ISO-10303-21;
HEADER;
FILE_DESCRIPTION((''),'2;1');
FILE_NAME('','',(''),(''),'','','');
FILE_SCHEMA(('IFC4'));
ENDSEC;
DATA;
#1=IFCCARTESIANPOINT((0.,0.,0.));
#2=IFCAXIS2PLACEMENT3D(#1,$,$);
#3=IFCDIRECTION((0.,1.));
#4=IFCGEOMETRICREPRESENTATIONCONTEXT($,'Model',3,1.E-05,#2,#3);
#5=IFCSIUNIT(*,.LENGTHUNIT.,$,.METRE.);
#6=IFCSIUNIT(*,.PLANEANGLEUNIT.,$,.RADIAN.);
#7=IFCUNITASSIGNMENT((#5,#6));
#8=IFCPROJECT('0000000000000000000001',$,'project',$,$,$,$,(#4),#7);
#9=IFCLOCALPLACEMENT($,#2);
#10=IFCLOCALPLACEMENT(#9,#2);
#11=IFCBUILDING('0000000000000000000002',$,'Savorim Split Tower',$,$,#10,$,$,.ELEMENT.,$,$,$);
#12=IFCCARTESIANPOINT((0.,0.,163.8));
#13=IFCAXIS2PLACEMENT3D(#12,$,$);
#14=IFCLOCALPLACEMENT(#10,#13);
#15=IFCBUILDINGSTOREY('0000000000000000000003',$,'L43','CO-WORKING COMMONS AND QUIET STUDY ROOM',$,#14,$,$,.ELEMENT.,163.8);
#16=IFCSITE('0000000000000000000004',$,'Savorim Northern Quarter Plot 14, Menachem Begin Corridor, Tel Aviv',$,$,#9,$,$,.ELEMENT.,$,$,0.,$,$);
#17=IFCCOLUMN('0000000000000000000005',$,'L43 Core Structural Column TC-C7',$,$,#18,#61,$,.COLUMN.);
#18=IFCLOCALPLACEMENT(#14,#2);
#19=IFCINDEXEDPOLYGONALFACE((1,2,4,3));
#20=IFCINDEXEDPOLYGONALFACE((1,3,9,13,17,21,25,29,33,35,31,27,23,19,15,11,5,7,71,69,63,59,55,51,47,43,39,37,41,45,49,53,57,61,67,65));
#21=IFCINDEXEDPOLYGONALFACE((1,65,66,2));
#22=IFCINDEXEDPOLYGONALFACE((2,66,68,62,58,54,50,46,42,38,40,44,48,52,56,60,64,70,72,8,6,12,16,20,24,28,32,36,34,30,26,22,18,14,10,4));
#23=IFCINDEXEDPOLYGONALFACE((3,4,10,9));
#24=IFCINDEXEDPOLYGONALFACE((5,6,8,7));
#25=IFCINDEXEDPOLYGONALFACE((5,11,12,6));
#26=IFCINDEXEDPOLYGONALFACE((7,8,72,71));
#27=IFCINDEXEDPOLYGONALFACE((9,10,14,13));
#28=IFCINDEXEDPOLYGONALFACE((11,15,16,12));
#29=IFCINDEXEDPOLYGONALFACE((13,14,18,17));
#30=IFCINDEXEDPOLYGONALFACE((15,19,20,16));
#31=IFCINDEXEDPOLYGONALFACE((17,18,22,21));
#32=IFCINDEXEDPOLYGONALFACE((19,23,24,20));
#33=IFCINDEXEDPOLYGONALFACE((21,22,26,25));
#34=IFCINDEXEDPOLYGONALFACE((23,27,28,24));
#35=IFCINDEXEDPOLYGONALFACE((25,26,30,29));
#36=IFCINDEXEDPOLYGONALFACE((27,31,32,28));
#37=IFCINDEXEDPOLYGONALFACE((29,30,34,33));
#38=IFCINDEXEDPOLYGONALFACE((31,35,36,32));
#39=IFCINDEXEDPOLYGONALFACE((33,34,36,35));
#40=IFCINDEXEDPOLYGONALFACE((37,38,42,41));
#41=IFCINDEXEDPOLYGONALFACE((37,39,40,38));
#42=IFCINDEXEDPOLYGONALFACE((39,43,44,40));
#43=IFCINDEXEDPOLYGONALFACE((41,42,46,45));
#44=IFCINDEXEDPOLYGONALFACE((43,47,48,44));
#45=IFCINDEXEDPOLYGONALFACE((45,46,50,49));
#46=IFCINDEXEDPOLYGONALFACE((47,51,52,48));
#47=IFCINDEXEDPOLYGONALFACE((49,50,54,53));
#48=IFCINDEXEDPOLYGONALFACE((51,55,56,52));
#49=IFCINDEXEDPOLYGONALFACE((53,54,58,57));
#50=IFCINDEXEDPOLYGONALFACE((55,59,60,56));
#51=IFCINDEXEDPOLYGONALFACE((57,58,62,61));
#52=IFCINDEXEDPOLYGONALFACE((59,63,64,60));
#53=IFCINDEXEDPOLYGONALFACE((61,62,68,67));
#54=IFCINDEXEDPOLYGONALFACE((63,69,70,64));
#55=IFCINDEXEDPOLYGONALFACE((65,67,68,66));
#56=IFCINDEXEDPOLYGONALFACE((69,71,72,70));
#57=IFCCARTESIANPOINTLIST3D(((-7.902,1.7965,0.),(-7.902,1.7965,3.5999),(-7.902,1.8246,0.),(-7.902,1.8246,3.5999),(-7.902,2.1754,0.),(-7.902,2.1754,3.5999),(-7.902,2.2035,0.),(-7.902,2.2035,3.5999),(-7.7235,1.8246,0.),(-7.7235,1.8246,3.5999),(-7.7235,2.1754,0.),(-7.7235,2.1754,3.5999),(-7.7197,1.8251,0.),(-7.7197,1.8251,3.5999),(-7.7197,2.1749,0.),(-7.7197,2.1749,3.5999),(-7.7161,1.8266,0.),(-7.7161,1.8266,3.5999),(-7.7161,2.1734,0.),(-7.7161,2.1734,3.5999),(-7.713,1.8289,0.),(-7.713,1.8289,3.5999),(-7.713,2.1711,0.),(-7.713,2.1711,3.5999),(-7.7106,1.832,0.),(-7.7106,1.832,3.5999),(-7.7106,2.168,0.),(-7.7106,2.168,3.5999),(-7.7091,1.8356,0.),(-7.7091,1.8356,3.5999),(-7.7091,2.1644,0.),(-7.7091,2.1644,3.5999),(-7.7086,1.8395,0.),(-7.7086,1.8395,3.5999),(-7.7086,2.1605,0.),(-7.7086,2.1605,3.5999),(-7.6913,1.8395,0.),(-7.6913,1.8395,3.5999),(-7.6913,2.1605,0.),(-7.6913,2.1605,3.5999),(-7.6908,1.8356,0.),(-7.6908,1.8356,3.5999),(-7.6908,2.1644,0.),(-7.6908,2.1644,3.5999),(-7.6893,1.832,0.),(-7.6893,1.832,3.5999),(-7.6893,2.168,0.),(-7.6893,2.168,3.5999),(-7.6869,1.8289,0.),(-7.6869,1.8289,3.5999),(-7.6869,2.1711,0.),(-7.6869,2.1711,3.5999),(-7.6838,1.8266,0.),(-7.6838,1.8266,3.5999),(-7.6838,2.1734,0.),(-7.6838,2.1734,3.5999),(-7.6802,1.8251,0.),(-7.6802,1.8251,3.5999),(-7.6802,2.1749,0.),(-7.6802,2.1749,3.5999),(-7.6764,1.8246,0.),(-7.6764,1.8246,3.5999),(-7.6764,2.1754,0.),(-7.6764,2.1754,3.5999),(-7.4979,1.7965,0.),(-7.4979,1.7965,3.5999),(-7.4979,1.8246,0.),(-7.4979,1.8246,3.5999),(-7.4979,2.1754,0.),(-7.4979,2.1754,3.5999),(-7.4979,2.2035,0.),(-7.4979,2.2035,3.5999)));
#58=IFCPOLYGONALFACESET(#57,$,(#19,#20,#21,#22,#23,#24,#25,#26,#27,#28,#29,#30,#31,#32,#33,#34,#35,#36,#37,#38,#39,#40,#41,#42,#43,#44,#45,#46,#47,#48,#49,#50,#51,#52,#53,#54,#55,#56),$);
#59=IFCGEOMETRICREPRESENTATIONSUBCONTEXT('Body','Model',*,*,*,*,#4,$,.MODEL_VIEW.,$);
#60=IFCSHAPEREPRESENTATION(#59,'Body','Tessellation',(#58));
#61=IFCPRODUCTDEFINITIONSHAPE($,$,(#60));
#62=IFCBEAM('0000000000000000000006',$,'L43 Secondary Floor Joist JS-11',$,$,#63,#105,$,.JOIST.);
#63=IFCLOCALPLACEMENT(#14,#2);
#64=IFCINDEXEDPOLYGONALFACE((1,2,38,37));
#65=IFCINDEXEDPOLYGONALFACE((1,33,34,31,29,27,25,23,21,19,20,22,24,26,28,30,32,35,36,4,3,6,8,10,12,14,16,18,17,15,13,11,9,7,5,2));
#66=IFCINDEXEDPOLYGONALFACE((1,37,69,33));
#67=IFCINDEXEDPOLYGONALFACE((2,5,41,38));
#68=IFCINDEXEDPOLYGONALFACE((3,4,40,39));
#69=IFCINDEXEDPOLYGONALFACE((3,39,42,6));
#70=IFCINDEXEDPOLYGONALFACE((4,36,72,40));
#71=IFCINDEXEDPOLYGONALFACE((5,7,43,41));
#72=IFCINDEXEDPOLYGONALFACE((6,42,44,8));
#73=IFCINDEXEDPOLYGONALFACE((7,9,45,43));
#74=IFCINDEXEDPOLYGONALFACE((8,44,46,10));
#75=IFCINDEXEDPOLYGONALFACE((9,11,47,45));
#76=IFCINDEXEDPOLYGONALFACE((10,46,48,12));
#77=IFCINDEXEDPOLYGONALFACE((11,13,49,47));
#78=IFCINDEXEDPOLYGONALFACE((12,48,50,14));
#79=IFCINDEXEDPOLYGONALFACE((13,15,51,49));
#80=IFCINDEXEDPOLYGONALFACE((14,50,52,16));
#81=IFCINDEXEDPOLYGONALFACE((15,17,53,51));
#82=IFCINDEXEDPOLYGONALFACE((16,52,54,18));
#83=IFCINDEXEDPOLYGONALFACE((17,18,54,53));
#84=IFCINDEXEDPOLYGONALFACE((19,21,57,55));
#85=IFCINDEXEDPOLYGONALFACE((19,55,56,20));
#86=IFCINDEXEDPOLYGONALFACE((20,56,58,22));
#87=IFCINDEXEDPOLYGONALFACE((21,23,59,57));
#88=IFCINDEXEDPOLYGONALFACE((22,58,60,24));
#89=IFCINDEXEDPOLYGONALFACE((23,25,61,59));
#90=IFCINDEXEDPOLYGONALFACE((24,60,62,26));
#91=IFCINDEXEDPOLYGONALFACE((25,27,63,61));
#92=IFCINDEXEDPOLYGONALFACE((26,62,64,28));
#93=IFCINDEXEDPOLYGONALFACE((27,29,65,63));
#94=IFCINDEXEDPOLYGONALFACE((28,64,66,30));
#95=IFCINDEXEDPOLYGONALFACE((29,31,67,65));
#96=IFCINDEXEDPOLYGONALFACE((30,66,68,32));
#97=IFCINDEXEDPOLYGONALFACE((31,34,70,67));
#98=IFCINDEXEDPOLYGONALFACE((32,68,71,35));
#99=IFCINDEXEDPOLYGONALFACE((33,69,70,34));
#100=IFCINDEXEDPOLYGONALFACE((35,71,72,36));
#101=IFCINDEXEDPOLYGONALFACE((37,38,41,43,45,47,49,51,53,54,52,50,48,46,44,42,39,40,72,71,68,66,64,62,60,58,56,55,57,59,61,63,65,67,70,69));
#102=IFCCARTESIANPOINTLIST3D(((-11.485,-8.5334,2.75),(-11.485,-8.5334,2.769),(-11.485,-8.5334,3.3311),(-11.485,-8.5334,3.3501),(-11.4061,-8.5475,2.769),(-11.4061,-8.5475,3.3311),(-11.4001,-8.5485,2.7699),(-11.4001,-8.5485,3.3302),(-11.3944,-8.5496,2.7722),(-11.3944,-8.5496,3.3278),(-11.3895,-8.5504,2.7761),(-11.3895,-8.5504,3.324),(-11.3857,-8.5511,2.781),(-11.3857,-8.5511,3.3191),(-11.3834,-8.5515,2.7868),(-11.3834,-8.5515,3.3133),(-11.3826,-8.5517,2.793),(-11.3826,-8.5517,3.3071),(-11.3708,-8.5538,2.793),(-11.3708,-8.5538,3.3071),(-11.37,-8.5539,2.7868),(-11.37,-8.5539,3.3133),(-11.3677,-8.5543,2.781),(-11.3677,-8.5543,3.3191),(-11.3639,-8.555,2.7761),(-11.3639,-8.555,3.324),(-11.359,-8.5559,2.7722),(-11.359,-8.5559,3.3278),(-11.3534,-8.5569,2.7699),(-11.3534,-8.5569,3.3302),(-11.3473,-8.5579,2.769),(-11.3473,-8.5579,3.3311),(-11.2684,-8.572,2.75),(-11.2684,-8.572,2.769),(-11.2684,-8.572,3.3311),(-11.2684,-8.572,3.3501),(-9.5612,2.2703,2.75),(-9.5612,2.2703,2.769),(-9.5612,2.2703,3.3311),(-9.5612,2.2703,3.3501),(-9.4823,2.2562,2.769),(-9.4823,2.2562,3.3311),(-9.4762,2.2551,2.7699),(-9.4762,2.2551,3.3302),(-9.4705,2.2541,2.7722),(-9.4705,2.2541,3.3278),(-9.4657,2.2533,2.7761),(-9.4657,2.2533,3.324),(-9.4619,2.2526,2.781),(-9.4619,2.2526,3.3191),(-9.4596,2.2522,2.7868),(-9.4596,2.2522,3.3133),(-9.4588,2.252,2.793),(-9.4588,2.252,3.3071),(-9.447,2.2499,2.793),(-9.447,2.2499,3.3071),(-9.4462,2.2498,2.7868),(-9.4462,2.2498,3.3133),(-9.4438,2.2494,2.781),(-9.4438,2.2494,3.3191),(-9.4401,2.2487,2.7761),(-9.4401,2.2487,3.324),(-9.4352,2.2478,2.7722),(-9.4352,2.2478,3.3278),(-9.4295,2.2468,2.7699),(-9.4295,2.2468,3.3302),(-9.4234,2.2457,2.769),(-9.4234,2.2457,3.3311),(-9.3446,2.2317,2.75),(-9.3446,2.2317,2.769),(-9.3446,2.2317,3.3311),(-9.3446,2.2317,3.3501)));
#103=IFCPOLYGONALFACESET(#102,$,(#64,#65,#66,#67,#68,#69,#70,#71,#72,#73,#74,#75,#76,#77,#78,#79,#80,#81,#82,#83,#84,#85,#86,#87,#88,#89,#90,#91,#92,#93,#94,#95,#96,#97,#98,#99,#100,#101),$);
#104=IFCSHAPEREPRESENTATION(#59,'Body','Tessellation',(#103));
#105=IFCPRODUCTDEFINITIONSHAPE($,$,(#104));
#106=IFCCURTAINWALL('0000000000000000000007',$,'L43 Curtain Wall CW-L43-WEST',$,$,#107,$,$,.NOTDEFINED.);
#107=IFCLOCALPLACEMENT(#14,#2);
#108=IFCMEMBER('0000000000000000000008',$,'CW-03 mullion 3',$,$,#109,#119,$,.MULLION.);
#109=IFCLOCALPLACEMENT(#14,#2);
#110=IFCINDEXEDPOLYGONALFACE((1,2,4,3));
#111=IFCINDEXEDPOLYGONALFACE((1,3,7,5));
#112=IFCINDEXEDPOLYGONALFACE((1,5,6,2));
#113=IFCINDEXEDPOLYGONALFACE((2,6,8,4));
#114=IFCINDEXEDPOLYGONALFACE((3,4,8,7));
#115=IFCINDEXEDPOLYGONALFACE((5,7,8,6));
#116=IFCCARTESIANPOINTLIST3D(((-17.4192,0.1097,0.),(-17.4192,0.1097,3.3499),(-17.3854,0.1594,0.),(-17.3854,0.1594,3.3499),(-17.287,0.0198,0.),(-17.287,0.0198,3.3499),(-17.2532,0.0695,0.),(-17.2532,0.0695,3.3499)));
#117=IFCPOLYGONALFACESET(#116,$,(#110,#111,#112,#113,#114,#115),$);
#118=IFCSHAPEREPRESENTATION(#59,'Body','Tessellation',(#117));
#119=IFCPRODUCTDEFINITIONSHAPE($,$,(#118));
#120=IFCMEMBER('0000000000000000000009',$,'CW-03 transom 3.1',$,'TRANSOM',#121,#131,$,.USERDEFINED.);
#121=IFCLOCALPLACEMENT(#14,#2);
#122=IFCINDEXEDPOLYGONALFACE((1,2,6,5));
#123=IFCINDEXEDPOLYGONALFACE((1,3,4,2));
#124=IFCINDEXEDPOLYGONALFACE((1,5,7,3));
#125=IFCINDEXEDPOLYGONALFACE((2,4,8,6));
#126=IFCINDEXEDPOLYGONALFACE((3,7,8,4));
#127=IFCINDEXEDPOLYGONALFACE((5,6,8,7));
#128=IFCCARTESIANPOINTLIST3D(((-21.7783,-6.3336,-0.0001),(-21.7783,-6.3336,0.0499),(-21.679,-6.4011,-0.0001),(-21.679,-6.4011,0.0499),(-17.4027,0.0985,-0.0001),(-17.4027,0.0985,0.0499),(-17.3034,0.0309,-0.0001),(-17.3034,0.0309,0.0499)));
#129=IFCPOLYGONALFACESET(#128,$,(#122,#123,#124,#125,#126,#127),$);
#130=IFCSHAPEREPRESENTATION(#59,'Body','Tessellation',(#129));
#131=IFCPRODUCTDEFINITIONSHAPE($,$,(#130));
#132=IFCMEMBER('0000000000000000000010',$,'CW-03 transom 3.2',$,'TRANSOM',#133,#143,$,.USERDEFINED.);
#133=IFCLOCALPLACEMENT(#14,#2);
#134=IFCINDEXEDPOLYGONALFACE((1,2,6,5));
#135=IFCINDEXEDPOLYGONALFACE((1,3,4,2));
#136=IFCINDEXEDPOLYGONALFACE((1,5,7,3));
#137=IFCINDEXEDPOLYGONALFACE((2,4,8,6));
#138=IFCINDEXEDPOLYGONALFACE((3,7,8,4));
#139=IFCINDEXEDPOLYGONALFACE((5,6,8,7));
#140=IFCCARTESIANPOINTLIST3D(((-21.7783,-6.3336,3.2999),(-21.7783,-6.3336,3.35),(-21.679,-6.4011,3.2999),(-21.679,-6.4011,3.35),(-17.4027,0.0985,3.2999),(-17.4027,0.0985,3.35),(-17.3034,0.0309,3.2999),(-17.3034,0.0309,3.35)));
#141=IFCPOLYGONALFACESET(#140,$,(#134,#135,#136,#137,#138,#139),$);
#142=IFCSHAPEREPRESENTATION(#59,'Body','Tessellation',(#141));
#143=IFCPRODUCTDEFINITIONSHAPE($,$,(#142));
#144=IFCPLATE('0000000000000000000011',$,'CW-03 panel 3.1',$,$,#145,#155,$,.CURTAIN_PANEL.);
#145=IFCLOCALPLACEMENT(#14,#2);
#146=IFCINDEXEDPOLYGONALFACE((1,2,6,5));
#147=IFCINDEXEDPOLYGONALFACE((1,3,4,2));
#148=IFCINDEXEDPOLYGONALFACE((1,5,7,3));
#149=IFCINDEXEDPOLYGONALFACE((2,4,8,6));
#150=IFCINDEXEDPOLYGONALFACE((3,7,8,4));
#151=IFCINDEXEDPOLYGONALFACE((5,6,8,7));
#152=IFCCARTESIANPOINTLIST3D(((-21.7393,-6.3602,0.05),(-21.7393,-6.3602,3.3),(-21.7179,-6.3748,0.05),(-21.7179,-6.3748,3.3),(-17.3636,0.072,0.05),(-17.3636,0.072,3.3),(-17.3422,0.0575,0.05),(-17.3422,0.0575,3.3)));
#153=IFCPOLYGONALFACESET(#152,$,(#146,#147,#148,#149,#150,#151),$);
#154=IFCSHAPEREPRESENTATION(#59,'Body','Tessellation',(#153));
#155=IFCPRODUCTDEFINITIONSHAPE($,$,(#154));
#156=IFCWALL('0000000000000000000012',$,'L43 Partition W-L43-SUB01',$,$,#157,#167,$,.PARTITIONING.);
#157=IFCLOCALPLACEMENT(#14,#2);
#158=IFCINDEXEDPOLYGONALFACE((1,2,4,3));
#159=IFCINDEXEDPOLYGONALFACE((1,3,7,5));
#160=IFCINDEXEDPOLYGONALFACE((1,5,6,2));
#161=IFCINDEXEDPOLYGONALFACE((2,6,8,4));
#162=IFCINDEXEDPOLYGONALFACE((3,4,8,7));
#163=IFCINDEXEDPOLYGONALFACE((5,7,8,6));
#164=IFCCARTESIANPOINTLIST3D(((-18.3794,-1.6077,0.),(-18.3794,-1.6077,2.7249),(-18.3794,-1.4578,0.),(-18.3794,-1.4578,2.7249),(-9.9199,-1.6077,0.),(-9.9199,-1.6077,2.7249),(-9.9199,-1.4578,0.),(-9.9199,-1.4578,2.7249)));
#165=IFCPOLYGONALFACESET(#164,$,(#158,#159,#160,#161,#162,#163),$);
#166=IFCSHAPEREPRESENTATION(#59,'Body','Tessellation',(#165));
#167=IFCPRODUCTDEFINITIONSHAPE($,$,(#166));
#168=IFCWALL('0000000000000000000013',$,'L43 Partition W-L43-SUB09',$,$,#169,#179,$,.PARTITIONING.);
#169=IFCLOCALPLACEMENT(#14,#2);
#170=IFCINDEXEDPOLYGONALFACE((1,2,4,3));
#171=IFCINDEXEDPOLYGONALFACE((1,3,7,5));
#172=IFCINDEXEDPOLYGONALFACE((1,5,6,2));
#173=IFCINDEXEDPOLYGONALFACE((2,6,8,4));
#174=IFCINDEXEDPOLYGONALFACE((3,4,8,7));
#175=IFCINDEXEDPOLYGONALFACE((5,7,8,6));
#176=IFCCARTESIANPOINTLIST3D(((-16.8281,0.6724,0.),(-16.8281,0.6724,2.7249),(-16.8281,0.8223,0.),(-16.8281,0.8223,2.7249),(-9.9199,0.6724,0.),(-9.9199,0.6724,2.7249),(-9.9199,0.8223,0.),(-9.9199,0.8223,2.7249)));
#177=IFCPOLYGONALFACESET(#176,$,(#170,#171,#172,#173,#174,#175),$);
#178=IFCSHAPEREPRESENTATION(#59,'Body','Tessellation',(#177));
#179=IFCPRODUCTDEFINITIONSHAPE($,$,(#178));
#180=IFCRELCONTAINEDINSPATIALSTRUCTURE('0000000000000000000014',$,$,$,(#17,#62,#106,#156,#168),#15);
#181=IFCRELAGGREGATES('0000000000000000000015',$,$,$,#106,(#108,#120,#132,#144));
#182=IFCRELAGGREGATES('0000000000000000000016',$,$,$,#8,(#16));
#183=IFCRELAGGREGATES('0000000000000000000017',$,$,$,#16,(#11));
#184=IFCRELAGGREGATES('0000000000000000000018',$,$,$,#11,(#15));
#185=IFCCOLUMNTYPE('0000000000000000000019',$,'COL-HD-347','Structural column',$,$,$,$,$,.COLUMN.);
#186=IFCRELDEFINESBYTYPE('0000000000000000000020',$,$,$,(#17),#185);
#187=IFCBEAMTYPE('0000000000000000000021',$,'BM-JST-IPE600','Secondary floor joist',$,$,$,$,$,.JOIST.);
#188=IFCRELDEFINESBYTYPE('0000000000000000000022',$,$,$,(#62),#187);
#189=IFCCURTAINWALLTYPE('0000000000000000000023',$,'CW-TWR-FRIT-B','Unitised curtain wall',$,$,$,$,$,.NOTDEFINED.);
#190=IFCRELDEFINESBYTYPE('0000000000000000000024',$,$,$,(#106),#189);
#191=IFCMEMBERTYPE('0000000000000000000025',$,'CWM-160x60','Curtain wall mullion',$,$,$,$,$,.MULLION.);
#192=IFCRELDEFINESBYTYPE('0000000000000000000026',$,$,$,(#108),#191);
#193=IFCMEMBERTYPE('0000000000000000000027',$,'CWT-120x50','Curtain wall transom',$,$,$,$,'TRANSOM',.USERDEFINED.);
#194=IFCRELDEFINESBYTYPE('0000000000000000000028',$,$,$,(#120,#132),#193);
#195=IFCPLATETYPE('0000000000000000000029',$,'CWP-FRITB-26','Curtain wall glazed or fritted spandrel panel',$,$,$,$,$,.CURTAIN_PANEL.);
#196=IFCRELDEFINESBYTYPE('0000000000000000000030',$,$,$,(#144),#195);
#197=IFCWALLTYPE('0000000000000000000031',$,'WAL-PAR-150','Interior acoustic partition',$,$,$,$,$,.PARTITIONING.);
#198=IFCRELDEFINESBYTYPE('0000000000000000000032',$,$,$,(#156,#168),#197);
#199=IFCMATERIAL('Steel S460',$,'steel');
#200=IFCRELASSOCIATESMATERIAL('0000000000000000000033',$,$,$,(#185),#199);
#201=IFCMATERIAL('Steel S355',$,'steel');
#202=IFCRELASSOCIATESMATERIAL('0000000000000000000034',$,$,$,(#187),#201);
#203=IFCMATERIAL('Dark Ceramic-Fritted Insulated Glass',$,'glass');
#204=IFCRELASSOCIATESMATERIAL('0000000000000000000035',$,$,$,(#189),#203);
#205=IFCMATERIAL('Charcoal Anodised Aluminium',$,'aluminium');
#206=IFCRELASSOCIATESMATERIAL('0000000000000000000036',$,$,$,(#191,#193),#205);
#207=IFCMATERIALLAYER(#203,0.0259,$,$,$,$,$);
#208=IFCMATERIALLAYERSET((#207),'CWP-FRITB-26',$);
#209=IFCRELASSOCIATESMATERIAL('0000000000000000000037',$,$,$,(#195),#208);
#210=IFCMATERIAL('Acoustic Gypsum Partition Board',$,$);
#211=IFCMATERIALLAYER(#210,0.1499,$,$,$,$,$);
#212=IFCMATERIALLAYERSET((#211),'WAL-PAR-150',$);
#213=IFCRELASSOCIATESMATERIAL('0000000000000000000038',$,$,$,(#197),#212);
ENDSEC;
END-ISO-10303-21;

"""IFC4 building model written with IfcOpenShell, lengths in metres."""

from ifc_helpers import new_model, si_unit, direction, frame, frame_2d, origin, origin_2d, place, context, subcontext, project, spatial, rectangle, i_section, extrude, material, layer, layer_set, material_profile, profile_set, type_object, element, aggregate, save


model = new_model("IFC4")

# Units and contexts
model_context = context("Model", 3, precision=1e-05, world=origin(), true_north=direction((0.0, 1.0)))
body_context = subcontext(model_context, "Body", "Model", "MODEL_VIEW")
ifc_project = project(units=[si_unit("LENGTHUNIT", "METRE"), si_unit("PLANEANGLEUNIT", "RADIAN")], contexts=[model_context])

# Site, building, storey
site_placement = place(None, origin())
site = spatial("IfcSite", under=ifc_project, at=site_placement, Name="Savorim Northern Quarter Plot 14, Menachem Begin Corridor, Tel Aviv", CompositionType="ELEMENT", RefElevation=0.0)
building_placement = place(site_placement, origin())
building = spatial("IfcBuilding", under=site, at=building_placement, Name="Savorim Split Tower", CompositionType="ELEMENT")
storey_placement = place(building_placement, frame((0.0, 0.0, 163.8)))
storey = spatial("IfcBuildingStorey", under=building, at=storey_placement, Name="L43", Description="CO-WORKING COMMONS AND QUIET STUDY ROOM", CompositionType="ELEMENT", Elevation=163.8)

# Column
ifc_material_1 = material(Name="Steel S460", Category="steel")
ifc_material_profile_1 = material_profile(ifc_material_1, i_section(OverallWidth=0.4041, OverallDepth=0.407, WebThickness=0.0173, FlangeThickness=0.0281, FilletRadius=0.0149, at=origin_2d()), Name="HD 400x347")
ifc_profile_set_1 = profile_set([ifc_material_profile_1], Name="Steel S460")
column_type = type_object("IfcColumnType", Name="COL-HD-347", Description="Structural column", PredefinedType="COLUMN", material=ifc_profile_set_1)
column_placement = place(storey_placement, frame((-7.7, 2.0, 0.0), z_axis=(0.0, 0.0, 1.0), x_axis=(1.0, 0.0, 0.0)))
element("IfcColumn", 1, at=column_placement, inside=storey, type_object=column_type, Name="L43 Core Structural Column TC-C7", PredefinedType="COLUMN", context=body_context, shape_type="SweptSolid", body=[
    extrude(i_section(OverallWidth=0.4041, OverallDepth=0.407, WebThickness=0.0173, FlangeThickness=0.0281, FilletRadius=0.0149, at=origin_2d()), origin(), (0.0, 0.0, 1.0), 3.5999),
])

# Beam
ifc_material_2 = material(Name="Steel S355", Category="steel")
ifc_material_profile_2 = material_profile(ifc_material_2, i_section(OverallWidth=0.22, OverallDepth=0.6001, WebThickness=0.012, FlangeThickness=0.019, FilletRadius=0.0239, at=origin_2d()), Name="IPE 600")
ifc_profile_set_2 = profile_set([ifc_material_profile_2], Name="Steel S355")
beam_type = type_object("IfcBeamType", Name="BM-JST-IPE600", Description="Secondary floor joist", PredefinedType="JOIST", material=ifc_profile_set_2)
beam_placement = place(storey_placement, frame((-9.4529, 2.251, 3.05), z_axis=(-0.175313, -0.984513, 0.0), x_axis=(0.984513, -0.175313, 0.0)))
element("IfcBeam", 2, at=beam_placement, inside=storey, type_object=beam_type, Name="L43 Secondary Floor Joist JS-11", PredefinedType="JOIST", context=body_context, shape_type="SweptSolid", body=[
    extrude(i_section(OverallWidth=0.22, OverallDepth=0.6001, WebThickness=0.012, FlangeThickness=0.019, FilletRadius=0.0239, at=origin_2d()), origin(), (0.0, 0.0, 1.0), 10.9736),
])

# Curtain wall, members, plate
ifc_material_3 = material(Name="Dark Ceramic-Fritted Insulated Glass", Category="glass")
curtain_wall_type = type_object("IfcCurtainWallType", Name="CW-TWR-FRIT-B", Description="Unitised curtain wall", PredefinedType="NOTDEFINED", material=ifc_material_3)
curtain_wall_placement = place(storey_placement, origin())
curtain_wall = element("IfcCurtainWall", 3, at=curtain_wall_placement, inside=storey, type_object=curtain_wall_type, Name="L43 Curtain Wall CW-L43-WEST", PredefinedType="NOTDEFINED")
ifc_material_4 = material(Name="Charcoal Anodised Aluminium", Category="aluminium")
ifc_material_profile_3 = material_profile(ifc_material_4, rectangle(XDim=0.1599, YDim=0.0601, at=origin_2d()), Name="ALU-M 160x60")
ifc_profile_set_3 = profile_set([ifc_material_profile_3], Name="Charcoal Anodised Aluminium")
member_type_1 = type_object("IfcMemberType", Name="CWM-160x60", Description="Curtain wall mullion", PredefinedType="MULLION", material=ifc_profile_set_3)
member_1_placement = place(storey_placement, frame((-17.3362, 0.0896, 0.0), z_axis=(0.0, 0.0, 1.0), x_axis=(0.826819, -0.562468, 0.0)))
member_1 = element("IfcMember", 4, at=member_1_placement, type_object=member_type_1, Name="CW-03 mullion 3", PredefinedType="MULLION", context=body_context, shape_type="SweptSolid", body=[
    extrude(rectangle(XDim=0.1599, YDim=0.0601, at=origin_2d()), origin(), (0.0, 0.0, 1.0), 3.3499),
])
ifc_material_profile_4 = material_profile(ifc_material_4, rectangle(XDim=0.1201, YDim=0.05, at=origin_2d()), Name="ALU-T 120x50")
ifc_profile_set_4 = profile_set([ifc_material_profile_4], Name="Charcoal Anodised Aluminium")
member_type_2 = type_object("IfcMemberType", Name="CWT-120x50", Description="Curtain wall transom", ElementType="TRANSOM", PredefinedType="USERDEFINED", material=ifc_profile_set_4)
member_2_placement = place(storey_placement, frame((-17.353, 0.0647, 0.0249), z_axis=(-0.562476, -0.826814, 0.0), x_axis=(0.826814, -0.562476, 0.0)))
member_2 = element("IfcMember", 5, at=member_2_placement, type_object=member_type_2, Name="CW-03 transom 3.1", ObjectType="TRANSOM", PredefinedType="USERDEFINED", context=body_context, shape_type="SweptSolid", body=[
    extrude(rectangle(XDim=0.1201, YDim=0.05, at=origin_2d()), origin(), (0.0, 0.0, 1.0), 7.7793),
])
member_3_placement = place(storey_placement, frame((-17.353, 0.0647, 3.325), z_axis=(-0.562476, -0.826814, 0.0), x_axis=(0.826814, -0.562476, 0.0)))
member_3 = element("IfcMember", 6, at=member_3_placement, type_object=member_type_2, Name="CW-03 transom 3.2", ObjectType="TRANSOM", PredefinedType="USERDEFINED", context=body_context, shape_type="SweptSolid", body=[
    extrude(rectangle(XDim=0.1201, YDim=0.05, at=origin_2d()), origin(), (0.0, 0.0, 1.0), 7.7793),
])
ifc_layer_1 = layer(ifc_material_3, 0.0259)
ifc_layer_set_1 = layer_set([ifc_layer_1], Name="CWP-FRITB-26")
plate_type = type_object("IfcPlateType", Name="CWP-FRITB-26", Description="Curtain wall glazed or fritted spandrel panel", PredefinedType="CURTAIN_PANEL", material=ifc_layer_set_1)
plate_placement = place(storey_placement, frame((-19.5408, -3.1514, 0.05), z_axis=(0.0, 0.0, 1.0), x_axis=(-0.562468, -0.826819, 0.0)))
plate = element("IfcPlate", 7, at=plate_placement, type_object=plate_type, Name="CW-03 panel 3.1", PredefinedType="CURTAIN_PANEL", context=body_context, shape_type="SweptSolid", body=[
    extrude(rectangle(XDim=7.7795, YDim=0.0259, at=origin_2d()), origin(), (0.0, 0.0, 1.0), 3.25),
])
aggregate(curtain_wall, [member_1, member_2, member_3, plate])

# Walls
ifc_material_5 = material(Name="Acoustic Gypsum Partition Board")
ifc_layer_2 = layer(ifc_material_5, 0.1499)
ifc_layer_set_2 = layer_set([ifc_layer_2], Name="WAL-PAR-150")
wall_type_1 = type_object("IfcWallType", Name="WAL-PAR-150", Description="Interior acoustic partition", PredefinedType="PARTITIONING", material=ifc_layer_set_2)
wall_1_placement = place(storey_placement, frame((-9.9199, -1.5327, 0.0), z_axis=(0.0, 0.0, 1.0), x_axis=(-1.0, 0.0, 0.0)))
element("IfcWall", 8, at=wall_1_placement, inside=storey, type_object=wall_type_1, Name="L43 Partition W-L43-SUB01", PredefinedType="PARTITIONING", context=body_context, shape_type="SweptSolid", body=[
    extrude(rectangle(XDim=8.4595, YDim=0.1499, at=frame_2d((4.2297, 0.0))), origin(), (0.0, 0.0, 1.0), 2.7249),
])
wall_2_placement = place(storey_placement, frame((-9.9199, 0.7473, 0.0), z_axis=(0.0, 0.0, 1.0), x_axis=(-1.0, 0.0, 0.0)))
element("IfcWall", 9, at=wall_2_placement, inside=storey, type_object=wall_type_1, Name="L43 Partition W-L43-SUB09", PredefinedType="PARTITIONING", context=body_context, shape_type="SweptSolid", body=[
    extrude(rectangle(XDim=6.9082, YDim=0.1499, at=frame_2d((3.4541, 0.0))), origin(), (0.0, 0.0, 1.0), 2.7249),
])

save(model, "model.ifc")
